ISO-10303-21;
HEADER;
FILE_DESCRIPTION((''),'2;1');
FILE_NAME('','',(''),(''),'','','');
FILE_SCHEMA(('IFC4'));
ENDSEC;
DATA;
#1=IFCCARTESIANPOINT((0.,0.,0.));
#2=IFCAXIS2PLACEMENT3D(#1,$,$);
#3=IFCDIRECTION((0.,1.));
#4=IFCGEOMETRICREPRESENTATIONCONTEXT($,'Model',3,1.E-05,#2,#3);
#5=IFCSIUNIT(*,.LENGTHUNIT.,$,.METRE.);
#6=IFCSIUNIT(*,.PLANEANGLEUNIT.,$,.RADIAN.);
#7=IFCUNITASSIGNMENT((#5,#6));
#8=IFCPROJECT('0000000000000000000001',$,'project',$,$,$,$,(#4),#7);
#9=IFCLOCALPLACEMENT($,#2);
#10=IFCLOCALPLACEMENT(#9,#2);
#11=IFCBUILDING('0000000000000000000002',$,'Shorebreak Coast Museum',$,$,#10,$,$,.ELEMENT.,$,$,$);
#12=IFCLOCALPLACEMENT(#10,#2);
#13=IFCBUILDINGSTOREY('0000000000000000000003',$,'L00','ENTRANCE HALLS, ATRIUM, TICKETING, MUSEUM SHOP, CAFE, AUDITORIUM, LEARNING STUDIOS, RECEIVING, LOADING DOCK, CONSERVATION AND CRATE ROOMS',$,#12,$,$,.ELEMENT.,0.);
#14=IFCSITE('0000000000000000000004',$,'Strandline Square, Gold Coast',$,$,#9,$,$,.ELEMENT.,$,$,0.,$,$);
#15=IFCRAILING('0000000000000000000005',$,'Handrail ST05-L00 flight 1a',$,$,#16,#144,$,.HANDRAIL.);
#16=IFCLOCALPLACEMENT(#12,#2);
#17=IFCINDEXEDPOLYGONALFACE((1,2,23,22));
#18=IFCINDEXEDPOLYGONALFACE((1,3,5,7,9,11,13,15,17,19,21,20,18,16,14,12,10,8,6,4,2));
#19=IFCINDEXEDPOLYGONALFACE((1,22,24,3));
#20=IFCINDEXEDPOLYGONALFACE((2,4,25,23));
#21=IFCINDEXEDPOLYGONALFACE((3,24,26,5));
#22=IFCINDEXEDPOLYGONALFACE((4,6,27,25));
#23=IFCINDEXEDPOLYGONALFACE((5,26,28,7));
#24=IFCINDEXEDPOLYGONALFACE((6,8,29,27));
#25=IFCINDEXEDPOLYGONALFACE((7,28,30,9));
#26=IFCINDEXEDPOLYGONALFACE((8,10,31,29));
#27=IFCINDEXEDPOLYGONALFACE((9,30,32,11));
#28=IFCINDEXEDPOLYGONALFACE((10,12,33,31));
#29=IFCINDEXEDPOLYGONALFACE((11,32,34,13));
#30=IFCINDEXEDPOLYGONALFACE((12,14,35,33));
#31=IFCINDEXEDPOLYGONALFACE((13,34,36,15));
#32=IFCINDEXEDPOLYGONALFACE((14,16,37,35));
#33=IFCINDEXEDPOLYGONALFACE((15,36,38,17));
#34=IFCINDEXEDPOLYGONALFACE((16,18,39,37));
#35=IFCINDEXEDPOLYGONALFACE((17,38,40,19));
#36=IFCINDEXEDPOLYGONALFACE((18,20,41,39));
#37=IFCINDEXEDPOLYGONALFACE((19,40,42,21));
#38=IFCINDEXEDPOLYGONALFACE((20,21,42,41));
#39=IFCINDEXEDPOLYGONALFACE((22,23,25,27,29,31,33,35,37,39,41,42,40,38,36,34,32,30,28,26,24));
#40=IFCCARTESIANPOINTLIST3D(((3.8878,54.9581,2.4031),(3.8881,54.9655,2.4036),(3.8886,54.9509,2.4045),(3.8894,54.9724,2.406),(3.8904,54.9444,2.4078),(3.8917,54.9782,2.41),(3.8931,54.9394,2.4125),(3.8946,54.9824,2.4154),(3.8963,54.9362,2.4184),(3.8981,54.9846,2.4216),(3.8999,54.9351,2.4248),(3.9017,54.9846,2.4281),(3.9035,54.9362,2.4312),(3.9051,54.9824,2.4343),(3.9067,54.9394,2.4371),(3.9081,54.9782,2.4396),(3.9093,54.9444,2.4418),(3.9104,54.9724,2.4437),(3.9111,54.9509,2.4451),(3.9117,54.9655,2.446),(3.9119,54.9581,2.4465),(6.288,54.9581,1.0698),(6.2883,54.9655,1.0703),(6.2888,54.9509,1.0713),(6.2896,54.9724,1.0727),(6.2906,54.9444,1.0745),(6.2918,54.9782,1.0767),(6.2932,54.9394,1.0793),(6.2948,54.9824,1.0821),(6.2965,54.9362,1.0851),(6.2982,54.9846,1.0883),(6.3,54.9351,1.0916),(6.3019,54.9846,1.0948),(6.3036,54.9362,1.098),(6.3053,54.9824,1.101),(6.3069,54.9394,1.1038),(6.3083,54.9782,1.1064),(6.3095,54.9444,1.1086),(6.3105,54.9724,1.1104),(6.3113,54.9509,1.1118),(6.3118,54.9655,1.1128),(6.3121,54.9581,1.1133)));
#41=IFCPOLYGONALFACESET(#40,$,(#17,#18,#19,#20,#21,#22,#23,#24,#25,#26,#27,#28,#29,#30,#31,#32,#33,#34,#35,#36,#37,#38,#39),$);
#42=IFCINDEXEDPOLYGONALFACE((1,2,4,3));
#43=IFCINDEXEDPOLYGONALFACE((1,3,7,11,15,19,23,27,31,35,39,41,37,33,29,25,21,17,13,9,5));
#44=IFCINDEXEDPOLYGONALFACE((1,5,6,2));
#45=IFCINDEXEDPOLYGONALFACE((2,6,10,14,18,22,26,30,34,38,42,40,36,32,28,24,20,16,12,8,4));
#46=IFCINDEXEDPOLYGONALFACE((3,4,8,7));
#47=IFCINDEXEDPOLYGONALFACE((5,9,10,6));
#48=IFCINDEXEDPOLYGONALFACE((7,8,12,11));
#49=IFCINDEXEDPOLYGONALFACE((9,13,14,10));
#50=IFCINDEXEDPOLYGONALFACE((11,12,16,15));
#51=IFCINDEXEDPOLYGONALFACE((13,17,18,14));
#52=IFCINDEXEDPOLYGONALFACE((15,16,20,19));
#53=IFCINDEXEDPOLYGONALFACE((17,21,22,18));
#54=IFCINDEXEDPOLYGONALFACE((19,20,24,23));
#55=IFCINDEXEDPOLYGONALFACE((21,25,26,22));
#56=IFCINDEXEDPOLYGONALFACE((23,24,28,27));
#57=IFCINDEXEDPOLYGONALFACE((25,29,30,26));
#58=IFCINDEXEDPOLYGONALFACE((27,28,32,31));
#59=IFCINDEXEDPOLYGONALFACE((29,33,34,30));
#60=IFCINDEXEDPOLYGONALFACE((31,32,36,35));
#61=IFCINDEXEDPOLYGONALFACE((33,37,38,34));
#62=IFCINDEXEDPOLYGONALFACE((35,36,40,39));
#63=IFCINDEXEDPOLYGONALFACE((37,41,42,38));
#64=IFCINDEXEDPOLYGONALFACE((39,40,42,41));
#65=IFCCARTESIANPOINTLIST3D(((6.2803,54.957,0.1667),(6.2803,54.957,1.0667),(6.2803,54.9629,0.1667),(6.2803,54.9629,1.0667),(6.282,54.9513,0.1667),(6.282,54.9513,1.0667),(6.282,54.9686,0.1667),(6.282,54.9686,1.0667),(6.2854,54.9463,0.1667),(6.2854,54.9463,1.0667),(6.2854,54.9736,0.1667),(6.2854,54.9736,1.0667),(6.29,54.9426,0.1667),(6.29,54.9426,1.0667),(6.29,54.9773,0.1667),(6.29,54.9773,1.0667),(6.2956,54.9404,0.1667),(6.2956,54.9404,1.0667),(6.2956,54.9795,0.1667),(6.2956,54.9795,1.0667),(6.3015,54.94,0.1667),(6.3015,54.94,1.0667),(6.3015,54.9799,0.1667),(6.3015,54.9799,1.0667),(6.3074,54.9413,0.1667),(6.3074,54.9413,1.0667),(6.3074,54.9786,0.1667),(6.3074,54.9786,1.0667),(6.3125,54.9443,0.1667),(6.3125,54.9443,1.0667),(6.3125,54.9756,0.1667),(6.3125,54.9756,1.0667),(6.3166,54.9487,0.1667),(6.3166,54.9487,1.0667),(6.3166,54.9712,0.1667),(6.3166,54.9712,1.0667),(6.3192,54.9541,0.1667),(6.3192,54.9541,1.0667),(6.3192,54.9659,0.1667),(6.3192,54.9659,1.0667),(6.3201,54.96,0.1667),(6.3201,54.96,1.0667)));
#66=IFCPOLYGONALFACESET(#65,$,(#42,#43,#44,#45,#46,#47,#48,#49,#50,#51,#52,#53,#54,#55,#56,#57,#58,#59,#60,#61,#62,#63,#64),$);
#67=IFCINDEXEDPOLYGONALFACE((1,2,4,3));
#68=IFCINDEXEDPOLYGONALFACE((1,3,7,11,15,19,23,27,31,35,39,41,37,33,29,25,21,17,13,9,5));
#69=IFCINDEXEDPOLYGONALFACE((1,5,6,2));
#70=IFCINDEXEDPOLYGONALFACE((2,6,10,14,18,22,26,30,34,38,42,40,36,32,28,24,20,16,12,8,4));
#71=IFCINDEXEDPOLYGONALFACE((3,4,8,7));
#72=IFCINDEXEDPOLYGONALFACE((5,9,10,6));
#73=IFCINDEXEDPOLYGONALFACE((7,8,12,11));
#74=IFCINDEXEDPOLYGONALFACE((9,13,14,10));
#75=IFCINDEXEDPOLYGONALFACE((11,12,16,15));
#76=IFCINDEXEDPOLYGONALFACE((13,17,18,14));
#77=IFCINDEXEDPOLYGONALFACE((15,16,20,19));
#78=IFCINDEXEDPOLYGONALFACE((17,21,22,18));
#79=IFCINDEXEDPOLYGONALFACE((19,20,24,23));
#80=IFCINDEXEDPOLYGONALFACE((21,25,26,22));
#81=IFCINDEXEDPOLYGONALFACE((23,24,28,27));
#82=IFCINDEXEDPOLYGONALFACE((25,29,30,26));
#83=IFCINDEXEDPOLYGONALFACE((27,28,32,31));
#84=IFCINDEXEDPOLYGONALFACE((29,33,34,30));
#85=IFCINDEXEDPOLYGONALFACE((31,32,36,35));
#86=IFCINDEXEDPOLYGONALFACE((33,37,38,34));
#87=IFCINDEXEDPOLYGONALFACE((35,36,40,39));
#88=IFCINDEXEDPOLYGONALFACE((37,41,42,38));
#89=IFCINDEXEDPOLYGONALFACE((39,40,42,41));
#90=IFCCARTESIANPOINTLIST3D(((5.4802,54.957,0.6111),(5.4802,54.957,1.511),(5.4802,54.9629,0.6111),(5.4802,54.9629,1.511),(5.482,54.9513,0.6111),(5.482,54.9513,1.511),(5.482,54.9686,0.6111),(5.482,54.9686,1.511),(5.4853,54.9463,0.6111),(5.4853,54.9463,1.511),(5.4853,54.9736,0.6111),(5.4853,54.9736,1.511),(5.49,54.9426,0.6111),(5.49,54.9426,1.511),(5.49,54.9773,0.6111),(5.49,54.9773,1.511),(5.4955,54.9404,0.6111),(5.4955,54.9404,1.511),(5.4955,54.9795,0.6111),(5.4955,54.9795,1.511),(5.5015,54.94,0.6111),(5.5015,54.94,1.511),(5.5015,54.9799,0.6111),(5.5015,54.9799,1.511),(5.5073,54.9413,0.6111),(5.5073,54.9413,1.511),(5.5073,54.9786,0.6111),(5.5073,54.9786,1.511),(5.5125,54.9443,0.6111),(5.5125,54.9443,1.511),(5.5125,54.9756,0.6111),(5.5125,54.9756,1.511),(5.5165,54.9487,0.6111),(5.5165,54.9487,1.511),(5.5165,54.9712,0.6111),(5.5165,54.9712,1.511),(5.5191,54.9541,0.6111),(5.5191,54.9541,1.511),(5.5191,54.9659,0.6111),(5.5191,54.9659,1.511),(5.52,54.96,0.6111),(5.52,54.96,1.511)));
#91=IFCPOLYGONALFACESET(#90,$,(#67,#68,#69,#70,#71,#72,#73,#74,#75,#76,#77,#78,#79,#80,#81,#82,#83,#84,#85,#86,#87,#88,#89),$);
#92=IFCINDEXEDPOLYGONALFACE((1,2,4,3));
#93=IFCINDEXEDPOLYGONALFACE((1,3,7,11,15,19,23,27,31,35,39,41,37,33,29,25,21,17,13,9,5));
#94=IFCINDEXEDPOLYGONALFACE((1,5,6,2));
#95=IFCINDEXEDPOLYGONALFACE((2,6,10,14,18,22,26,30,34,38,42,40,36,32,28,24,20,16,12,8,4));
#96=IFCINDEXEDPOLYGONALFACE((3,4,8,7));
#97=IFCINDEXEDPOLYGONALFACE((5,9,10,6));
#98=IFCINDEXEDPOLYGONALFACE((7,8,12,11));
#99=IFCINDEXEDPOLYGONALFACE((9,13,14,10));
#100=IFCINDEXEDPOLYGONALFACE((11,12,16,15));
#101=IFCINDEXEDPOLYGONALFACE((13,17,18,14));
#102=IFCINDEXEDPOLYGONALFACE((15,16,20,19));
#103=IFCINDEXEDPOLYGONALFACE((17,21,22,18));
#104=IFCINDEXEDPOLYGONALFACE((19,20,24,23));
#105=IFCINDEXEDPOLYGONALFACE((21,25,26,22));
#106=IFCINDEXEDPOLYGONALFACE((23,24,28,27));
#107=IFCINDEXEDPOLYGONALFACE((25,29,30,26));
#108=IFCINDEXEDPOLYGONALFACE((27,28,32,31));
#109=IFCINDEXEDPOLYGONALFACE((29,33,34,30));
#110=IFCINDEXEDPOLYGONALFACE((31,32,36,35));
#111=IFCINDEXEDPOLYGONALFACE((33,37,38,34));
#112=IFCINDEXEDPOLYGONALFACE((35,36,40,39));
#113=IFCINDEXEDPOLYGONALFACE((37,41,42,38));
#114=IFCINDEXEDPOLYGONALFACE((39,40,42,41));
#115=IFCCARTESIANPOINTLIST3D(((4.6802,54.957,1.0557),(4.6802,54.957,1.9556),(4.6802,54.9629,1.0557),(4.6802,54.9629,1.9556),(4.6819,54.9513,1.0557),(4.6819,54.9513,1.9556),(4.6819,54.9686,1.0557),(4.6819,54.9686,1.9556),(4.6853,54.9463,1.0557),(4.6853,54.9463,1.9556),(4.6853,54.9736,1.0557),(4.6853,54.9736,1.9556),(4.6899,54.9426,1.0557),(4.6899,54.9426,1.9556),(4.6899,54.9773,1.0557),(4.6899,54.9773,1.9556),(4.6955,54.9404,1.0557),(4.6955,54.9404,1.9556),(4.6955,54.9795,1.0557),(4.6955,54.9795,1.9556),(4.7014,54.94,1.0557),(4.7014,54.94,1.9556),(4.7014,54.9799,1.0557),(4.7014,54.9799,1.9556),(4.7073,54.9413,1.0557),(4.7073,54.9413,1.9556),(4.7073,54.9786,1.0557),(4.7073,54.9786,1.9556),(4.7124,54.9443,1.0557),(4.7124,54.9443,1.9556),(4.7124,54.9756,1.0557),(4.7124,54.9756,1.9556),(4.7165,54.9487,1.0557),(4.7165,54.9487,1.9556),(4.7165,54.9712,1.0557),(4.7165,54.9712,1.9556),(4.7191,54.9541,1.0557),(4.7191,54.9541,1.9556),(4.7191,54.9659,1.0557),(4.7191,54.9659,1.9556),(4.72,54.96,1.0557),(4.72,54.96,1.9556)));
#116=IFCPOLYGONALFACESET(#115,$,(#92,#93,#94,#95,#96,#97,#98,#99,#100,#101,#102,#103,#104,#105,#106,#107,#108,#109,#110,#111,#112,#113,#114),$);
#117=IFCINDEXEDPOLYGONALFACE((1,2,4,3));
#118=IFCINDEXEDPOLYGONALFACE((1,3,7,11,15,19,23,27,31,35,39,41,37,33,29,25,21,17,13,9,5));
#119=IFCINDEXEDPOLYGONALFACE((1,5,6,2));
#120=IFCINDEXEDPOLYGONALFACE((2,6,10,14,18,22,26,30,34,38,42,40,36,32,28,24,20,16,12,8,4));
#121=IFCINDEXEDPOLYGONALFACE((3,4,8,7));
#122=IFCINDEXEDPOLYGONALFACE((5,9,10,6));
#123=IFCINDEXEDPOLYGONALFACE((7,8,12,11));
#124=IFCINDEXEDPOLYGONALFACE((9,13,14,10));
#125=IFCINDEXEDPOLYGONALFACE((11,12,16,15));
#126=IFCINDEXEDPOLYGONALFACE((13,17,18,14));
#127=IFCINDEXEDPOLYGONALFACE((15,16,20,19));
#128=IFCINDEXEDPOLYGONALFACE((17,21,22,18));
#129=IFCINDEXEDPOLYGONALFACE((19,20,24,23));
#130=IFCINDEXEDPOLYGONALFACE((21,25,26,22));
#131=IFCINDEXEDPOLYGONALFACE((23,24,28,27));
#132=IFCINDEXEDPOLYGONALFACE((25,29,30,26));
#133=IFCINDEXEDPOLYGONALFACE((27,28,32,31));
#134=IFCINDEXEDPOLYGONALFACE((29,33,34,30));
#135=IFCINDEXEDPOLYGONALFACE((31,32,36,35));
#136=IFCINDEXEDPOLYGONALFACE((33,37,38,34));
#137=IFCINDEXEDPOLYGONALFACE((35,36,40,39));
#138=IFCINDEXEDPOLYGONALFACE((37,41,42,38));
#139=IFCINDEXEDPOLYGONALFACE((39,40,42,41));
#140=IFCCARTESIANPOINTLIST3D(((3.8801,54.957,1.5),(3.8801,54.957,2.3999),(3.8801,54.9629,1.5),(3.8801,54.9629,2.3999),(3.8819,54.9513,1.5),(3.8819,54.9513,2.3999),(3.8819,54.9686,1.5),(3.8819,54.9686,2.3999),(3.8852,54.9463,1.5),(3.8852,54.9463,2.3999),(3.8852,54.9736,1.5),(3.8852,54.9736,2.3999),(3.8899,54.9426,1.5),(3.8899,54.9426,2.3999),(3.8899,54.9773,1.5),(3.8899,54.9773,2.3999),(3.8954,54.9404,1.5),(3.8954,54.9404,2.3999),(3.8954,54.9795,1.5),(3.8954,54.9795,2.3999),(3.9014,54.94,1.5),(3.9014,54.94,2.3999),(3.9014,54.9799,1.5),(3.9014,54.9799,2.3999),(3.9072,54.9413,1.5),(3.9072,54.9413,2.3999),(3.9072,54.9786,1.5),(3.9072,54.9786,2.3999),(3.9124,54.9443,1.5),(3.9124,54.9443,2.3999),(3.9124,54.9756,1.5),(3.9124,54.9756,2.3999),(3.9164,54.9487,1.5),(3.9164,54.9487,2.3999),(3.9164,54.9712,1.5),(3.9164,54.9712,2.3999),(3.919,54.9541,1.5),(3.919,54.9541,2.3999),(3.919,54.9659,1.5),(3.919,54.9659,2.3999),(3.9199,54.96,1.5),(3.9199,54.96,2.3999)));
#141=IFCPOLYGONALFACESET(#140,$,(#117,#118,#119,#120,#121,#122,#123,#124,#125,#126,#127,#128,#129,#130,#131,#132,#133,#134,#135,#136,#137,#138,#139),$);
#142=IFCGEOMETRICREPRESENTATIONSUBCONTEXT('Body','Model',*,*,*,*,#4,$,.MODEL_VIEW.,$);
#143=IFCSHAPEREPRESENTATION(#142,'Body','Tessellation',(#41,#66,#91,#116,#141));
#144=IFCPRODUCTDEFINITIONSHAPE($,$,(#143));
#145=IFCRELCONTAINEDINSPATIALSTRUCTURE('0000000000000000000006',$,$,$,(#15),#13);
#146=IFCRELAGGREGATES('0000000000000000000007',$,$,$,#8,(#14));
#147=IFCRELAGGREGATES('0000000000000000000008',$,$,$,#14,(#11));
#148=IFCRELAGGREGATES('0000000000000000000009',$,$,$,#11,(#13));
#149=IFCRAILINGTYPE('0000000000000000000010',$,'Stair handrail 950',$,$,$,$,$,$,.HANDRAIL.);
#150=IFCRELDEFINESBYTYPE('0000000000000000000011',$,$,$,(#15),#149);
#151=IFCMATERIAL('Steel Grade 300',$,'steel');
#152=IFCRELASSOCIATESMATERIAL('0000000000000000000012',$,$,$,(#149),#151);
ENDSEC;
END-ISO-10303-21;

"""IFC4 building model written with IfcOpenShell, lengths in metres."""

from ifc_helpers import new_model, si_unit, direction, frame, origin, origin_2d, place, context, subcontext, project, spatial, circle, extrude, material, type_object, element, save


model = new_model("IFC4")

# Units and contexts
model_context = context("Model", 3, precision=1e-05, world=origin(), true_north=direction((0.0, 1.0)))
body_context = subcontext(model_context, "Body", "Model", "MODEL_VIEW")
ifc_project = project(units=[si_unit("LENGTHUNIT", "METRE"), si_unit("PLANEANGLEUNIT", "RADIAN")], contexts=[model_context])

# Site, building, storey
site_placement = place(None, origin())
site = spatial("IfcSite", under=ifc_project, at=site_placement, Name="Strandline Square, Gold Coast", CompositionType="ELEMENT", RefElevation=0.0)
building_placement = place(site_placement, origin())
building = spatial("IfcBuilding", under=site, at=building_placement, Name="Shorebreak Coast Museum", CompositionType="ELEMENT")
storey_placement = place(building_placement, origin())
storey = spatial("IfcBuildingStorey", under=building, at=storey_placement, Name="L00", Description="ENTRANCE HALLS, ATRIUM, TICKETING, MUSEUM SHOP, CAFE, AUDITORIUM, LEARNING STUDIOS, RECEIVING, LOADING DOCK, CONSERVATION AND CRATE ROOMS", CompositionType="ELEMENT", Elevation=0.0)

# Railing
ifc_material_1 = material(Name="Steel Grade 300", Category="steel")
railing_type_1 = type_object("IfcRailingType", Name="Stair handrail 950", PredefinedType="HANDRAIL", material=ifc_material_1)
for number, where, name in (
    (1, (6.3, 54.96, 0.1667), "Handrail ST05-L00 flight 1a"),
):
    element("IfcRailing", number, at=place(storey_placement, frame(where)), inside=storey, type_object=railing_type_1, Name=name, PredefinedType="HANDRAIL", context=body_context, shape_type="SweptSolid", body=[
        extrude(circle(Radius=0.0249, at=origin_2d()), frame((0.0, 0.0, 0.9248), z_axis=(-0.874182, 0.0, 0.485598), x_axis=(0.0, -1.0, 0.0)), (0.0, 0.0, 1.0), 2.7456),
        extrude(circle(Radius=0.02, at=origin_2d()), origin(), (0.0, 0.0, 1.0), 0.8999),
        extrude(circle(Radius=0.02, at=origin_2d()), frame((-0.8, 0.0, 0.4443)), (0.0, 0.0, 1.0), 0.8999),
        extrude(circle(Radius=0.02, at=origin_2d()), frame((-1.6001, 0.0, 0.8889)), (0.0, 0.0, 1.0), 0.8999),
        extrude(circle(Radius=0.02, at=origin_2d()), frame((-2.4001, 0.0, 1.3333)), (0.0, 0.0, 1.0), 0.8999),
    ])

save(model, "model.ifc")
